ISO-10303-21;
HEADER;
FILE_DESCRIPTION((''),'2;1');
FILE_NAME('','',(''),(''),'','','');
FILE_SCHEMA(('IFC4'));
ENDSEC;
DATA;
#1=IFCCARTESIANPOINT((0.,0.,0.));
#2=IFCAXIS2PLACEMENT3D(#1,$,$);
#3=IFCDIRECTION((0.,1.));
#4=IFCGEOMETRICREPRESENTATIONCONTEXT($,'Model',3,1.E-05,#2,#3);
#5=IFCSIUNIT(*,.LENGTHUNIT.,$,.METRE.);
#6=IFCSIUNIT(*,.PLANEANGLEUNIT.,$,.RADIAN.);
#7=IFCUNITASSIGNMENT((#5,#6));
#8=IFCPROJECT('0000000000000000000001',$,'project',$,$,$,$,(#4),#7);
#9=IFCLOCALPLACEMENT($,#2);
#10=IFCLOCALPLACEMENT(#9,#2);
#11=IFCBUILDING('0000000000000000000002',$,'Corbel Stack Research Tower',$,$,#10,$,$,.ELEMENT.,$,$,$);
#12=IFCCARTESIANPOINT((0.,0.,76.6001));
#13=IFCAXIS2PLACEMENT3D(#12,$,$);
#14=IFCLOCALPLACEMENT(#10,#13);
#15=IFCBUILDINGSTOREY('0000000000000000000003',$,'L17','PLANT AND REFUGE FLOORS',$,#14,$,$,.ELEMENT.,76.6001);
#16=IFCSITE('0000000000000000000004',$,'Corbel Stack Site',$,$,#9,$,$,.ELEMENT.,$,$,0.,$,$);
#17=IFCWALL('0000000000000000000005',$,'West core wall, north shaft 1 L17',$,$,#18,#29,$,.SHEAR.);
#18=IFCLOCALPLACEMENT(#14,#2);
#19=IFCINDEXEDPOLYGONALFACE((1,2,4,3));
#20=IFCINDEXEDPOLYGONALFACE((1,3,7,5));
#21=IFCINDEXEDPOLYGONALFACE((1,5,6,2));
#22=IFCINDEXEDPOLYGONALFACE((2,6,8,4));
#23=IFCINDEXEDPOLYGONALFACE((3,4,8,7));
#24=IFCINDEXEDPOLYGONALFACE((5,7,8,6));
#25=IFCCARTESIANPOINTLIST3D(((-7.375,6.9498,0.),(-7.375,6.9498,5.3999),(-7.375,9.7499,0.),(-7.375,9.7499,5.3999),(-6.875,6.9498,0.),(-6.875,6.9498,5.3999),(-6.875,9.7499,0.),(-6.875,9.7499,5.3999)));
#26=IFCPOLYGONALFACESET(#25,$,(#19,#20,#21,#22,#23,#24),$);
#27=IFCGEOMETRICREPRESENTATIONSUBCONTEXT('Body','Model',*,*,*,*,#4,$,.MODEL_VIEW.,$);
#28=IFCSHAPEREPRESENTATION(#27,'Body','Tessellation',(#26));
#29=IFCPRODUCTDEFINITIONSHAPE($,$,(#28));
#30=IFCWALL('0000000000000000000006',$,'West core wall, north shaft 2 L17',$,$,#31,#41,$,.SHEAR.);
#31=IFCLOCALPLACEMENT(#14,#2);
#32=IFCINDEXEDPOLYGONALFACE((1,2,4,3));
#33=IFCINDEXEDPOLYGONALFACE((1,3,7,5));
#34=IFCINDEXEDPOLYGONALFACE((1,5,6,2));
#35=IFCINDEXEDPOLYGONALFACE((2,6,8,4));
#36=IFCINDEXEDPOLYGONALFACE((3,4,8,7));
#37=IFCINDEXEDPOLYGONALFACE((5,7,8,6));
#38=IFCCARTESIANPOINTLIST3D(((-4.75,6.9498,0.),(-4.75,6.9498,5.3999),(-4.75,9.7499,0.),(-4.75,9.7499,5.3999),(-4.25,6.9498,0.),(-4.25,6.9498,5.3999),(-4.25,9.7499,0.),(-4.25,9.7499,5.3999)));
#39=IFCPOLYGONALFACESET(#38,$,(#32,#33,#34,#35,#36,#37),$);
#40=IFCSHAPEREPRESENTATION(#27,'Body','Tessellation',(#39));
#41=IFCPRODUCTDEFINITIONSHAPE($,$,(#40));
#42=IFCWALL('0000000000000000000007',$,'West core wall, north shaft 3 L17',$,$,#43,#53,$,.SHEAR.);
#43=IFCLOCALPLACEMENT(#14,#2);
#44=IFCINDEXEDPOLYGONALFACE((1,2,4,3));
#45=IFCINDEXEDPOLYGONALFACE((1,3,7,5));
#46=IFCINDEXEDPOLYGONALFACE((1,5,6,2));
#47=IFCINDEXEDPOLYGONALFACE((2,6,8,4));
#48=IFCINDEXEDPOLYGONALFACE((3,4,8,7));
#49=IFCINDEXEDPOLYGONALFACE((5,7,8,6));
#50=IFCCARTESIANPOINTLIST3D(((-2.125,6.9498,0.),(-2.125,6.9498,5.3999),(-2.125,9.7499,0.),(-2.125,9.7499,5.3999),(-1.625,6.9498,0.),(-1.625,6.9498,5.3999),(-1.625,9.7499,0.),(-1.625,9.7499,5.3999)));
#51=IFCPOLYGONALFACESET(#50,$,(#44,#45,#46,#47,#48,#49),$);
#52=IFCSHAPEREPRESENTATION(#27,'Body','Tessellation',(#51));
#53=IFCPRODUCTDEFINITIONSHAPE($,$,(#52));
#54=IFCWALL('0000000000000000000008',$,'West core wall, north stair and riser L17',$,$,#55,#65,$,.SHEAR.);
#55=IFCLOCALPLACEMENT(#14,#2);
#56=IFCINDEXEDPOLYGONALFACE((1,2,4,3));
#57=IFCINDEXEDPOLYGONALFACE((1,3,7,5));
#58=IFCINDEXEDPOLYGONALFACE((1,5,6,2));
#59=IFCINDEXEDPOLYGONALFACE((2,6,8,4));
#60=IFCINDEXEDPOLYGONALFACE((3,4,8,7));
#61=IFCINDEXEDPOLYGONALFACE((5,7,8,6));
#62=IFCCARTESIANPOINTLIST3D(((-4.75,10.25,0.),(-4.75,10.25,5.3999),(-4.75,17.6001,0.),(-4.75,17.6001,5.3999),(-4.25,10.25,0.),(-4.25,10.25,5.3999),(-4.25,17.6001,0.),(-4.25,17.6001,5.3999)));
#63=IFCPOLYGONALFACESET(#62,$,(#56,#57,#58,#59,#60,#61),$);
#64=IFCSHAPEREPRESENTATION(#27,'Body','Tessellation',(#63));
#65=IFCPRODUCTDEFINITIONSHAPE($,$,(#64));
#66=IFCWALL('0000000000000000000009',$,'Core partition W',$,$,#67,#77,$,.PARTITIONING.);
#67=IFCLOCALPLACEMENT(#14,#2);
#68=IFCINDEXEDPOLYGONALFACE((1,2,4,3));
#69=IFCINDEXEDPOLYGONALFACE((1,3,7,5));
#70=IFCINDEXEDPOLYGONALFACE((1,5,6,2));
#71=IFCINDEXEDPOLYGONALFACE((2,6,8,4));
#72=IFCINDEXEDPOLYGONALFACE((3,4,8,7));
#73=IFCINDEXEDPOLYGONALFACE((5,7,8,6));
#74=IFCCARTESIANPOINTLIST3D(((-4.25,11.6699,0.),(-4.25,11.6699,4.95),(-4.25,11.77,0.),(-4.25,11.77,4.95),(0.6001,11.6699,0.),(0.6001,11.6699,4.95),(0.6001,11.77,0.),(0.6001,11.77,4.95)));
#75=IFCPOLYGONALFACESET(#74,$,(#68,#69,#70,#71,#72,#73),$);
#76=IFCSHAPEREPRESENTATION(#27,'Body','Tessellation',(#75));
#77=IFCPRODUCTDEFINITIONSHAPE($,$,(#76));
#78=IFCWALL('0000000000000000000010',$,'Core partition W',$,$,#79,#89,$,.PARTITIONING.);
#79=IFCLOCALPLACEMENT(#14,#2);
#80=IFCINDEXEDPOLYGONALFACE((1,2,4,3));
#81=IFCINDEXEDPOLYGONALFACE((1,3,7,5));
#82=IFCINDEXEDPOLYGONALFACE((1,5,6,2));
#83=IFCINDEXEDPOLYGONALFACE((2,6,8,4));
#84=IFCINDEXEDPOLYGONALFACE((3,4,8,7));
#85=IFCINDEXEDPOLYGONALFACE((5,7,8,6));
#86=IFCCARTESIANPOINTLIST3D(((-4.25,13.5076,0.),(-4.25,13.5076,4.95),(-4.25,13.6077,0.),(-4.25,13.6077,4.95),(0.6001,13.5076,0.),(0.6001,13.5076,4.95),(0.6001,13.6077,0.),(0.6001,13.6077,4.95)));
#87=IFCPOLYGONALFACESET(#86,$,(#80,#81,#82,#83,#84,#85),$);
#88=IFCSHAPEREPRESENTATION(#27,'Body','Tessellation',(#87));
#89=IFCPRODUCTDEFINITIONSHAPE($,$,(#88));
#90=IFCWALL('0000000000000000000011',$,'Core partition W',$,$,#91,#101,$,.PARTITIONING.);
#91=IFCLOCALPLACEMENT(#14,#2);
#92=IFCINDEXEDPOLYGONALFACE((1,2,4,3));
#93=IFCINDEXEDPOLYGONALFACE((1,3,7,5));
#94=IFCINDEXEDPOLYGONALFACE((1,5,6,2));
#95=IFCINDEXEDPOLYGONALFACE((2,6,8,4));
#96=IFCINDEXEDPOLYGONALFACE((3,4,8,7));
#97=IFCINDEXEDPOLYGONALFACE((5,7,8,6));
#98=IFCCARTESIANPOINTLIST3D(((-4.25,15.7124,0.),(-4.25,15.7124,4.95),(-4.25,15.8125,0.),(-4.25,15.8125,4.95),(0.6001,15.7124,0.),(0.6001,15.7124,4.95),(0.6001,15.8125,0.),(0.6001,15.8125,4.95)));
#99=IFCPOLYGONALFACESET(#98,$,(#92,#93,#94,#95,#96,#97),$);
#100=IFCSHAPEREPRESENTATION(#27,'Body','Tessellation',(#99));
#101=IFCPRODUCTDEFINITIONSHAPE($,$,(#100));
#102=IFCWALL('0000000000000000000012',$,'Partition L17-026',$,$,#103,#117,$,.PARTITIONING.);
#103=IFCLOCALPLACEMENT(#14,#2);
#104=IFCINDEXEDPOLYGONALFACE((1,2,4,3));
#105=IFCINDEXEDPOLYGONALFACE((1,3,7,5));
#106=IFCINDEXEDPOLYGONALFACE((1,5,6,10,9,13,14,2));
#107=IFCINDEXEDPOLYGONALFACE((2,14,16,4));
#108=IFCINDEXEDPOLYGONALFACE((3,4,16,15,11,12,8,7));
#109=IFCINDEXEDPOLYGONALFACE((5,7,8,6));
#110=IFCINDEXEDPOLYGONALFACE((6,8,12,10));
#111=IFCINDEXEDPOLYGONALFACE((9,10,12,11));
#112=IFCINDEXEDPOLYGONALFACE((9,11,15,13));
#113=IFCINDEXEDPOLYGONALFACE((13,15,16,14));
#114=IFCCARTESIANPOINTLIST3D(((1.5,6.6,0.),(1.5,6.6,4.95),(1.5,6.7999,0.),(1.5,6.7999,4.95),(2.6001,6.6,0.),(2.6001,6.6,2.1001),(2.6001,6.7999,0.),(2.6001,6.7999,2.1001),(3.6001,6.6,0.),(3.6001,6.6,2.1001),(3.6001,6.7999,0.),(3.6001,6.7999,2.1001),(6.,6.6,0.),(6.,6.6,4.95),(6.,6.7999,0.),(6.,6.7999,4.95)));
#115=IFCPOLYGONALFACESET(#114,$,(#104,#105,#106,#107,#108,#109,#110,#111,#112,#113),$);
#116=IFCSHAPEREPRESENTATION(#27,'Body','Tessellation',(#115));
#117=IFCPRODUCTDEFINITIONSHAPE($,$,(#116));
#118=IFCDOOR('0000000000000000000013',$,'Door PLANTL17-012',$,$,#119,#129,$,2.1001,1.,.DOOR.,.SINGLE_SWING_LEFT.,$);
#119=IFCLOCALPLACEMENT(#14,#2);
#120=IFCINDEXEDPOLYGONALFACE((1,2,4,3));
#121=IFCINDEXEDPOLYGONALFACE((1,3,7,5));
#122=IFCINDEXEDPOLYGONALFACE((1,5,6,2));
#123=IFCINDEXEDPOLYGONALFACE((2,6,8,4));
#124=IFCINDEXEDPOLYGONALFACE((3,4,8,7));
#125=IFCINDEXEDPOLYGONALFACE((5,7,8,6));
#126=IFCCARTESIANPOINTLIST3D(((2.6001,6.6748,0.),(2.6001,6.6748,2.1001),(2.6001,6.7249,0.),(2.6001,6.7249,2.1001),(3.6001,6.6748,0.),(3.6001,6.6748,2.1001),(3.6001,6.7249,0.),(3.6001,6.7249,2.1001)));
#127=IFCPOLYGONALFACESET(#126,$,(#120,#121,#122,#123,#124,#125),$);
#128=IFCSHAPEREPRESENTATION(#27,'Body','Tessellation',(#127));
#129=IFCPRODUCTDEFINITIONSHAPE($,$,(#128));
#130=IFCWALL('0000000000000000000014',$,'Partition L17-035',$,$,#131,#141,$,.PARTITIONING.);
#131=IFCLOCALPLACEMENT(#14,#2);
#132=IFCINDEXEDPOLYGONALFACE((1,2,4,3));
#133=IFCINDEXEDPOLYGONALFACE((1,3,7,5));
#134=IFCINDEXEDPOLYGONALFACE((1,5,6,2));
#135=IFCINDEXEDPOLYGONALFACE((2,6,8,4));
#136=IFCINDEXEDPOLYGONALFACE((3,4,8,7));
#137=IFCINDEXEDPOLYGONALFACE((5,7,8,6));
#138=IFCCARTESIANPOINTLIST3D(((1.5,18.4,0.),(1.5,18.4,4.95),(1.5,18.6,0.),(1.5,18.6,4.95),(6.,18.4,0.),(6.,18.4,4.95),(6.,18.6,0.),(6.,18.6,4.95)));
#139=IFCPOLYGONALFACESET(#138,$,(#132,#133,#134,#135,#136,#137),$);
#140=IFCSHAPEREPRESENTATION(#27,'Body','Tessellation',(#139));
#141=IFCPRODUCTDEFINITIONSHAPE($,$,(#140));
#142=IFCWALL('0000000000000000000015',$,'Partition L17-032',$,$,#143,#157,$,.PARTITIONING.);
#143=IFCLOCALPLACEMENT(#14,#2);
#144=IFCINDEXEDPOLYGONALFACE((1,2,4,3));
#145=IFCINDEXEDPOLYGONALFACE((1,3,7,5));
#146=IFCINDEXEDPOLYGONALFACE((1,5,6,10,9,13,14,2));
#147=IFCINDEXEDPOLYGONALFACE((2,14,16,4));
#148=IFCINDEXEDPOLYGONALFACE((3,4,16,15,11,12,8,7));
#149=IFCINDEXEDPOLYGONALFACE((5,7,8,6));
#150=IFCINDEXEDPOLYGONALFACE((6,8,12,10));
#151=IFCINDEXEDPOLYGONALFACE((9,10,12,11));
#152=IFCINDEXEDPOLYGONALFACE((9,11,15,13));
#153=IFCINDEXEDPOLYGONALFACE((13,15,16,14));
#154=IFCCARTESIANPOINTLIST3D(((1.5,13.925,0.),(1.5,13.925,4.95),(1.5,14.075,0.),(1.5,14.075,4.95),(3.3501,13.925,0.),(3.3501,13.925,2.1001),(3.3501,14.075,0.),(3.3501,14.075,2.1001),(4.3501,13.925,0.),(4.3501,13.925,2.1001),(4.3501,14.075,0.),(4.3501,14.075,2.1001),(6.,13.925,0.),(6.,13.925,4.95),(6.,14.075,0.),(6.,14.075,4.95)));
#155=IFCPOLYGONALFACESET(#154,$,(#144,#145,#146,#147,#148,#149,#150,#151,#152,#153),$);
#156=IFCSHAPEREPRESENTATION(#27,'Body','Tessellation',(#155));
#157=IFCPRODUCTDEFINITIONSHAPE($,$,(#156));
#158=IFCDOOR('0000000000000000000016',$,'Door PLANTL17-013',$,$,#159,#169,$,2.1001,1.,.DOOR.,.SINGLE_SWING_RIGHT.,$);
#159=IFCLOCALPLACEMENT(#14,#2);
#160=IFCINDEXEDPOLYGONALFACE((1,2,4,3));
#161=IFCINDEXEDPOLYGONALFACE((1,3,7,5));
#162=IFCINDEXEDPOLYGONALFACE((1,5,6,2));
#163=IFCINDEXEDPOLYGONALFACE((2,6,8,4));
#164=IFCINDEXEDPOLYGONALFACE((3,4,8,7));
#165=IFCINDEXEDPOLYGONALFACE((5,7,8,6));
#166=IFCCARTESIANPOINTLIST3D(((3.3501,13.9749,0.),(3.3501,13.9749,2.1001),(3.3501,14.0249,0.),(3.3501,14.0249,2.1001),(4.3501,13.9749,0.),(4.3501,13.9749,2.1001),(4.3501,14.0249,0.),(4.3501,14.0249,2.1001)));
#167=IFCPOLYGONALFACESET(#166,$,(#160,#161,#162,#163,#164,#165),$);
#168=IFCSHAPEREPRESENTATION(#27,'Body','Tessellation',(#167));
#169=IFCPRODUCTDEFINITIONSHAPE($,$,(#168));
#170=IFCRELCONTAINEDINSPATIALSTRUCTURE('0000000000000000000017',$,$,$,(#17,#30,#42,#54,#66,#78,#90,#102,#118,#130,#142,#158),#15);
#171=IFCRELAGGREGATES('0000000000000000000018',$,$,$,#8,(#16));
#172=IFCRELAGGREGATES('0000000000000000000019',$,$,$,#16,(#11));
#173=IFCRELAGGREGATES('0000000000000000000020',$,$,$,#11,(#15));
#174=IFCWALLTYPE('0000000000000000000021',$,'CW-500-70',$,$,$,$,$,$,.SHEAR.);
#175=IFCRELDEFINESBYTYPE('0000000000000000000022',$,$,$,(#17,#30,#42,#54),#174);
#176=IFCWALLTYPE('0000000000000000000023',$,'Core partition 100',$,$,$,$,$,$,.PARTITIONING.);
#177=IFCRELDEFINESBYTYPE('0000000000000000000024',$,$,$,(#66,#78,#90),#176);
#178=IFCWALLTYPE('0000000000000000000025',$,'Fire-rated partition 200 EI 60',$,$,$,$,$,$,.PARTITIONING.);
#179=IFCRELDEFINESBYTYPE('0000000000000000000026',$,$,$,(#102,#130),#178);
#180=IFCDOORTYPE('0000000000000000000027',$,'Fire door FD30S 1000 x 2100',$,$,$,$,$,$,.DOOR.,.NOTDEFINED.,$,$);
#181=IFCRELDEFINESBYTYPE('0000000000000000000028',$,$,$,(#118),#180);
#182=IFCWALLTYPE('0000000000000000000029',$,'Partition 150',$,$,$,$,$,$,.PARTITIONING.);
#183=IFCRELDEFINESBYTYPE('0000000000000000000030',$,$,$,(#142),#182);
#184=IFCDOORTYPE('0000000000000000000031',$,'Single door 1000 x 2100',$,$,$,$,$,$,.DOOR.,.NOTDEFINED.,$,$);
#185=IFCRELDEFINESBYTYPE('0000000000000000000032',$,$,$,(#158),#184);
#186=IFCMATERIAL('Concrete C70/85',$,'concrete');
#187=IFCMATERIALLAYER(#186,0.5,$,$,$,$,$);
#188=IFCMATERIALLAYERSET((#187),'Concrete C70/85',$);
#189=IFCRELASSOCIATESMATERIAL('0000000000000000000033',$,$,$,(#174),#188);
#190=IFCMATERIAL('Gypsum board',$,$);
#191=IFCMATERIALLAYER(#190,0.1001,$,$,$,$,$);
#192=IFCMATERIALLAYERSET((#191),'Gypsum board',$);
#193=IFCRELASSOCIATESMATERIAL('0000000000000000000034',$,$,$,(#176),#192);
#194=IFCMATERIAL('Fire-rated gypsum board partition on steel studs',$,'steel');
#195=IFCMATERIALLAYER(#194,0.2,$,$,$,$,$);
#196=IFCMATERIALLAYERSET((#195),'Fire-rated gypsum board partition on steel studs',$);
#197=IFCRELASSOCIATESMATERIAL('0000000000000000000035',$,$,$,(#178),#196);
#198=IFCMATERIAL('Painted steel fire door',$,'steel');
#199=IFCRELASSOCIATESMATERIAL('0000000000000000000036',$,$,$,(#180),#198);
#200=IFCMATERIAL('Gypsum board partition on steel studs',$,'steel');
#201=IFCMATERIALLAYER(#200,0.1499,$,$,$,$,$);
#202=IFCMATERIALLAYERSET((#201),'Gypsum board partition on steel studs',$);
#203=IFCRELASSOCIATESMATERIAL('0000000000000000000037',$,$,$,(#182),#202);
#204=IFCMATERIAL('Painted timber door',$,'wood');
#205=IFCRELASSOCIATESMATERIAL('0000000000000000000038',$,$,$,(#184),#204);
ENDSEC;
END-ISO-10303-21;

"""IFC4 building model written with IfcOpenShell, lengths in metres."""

from ifc_helpers import new_model, si_unit, direction, frame, frame_2d, origin, place, context, subcontext, project, spatial, rectangle, extrude, material, layer, layer_set, type_object, element, fill, save


model = new_model("IFC4")

# Units and contexts
model_context = context("Model", 3, precision=1e-05, world=origin(), true_north=direction((0.0, 1.0)))
body_context = subcontext(model_context, "Body", "Model", "MODEL_VIEW")
ifc_project = project(units=[si_unit("LENGTHUNIT", "METRE"), si_unit("PLANEANGLEUNIT", "RADIAN")], contexts=[model_context])

# Site, building, storey
site_placement = place(None, origin())
site = spatial("IfcSite", under=ifc_project, at=site_placement, Name="Corbel Stack Site", CompositionType="ELEMENT", RefElevation=0.0)
building_placement = place(site_placement, origin())
building = spatial("IfcBuilding", under=site, at=building_placement, Name="Corbel Stack Research Tower", CompositionType="ELEMENT")
storey_placement = place(building_placement, frame((0.0, 0.0, 76.6001)))
storey = spatial("IfcBuildingStorey", under=building, at=storey_placement, Name="L17", Description="PLANT AND REFUGE FLOORS", CompositionType="ELEMENT", Elevation=76.6001)

# Walls
ifc_material_1 = material(Name="Concrete C70/85", Category="concrete")
ifc_layer_1 = layer(ifc_material_1, 0.5)
ifc_layer_set_1 = layer_set([ifc_layer_1], Name="Concrete C70/85")
wall_type_1 = type_object("IfcWallType", Name="CW-500-70", PredefinedType="SHEAR", material=ifc_layer_set_1)
for number, where, z_axis, x_axis, name in (
    (1, (-7.125, 6.95, 0.0), (0.0, 0.0, 1.0), (0.0, 1.0, 0.0), "West core wall, north shaft 1 L17"),
    (2, (-4.5, 6.95, 0.0), (0.0, 0.0, 1.0), (0.0, 1.0, 0.0), "West core wall, north shaft 2 L17"),
    (3, (-1.875, 6.95, 0.0), (0.0, 0.0, 1.0), (0.0, 1.0, 0.0), "West core wall, north shaft 3 L17"),
):
    element("IfcWall", number, at=place(storey_placement, frame(where, z_axis=z_axis, x_axis=x_axis)), inside=storey, type_object=wall_type_1, Name=name, PredefinedType="SHEAR", context=body_context, shape_type="SweptSolid", body=[
        extrude(rectangle(XDim=2.8, YDim=0.5, at=frame_2d((1.3999, 0.0))), origin(), (0.0, 0.0, 1.0), 5.3999),
    ])
wall_1_placement = place(storey_placement, frame((-4.5, 10.25, 0.0), z_axis=(0.0, 0.0, 1.0), x_axis=(0.0, 1.0, 0.0)))
element("IfcWall", 4, at=wall_1_placement, inside=storey, type_object=wall_type_1, Name="West core wall, north stair and riser L17", PredefinedType="SHEAR", context=body_context, shape_type="SweptSolid", body=[
    extrude(rectangle(XDim=7.3501, YDim=0.5, at=frame_2d((3.675, 0.0))), origin(), (0.0, 0.0, 1.0), 5.3999),
])
ifc_material_2 = material(Name="Gypsum board")
ifc_layer_2 = layer(ifc_material_2, 0.1001)
ifc_layer_set_2 = layer_set([ifc_layer_2], Name="Gypsum board")
wall_type_2 = type_object("IfcWallType", Name="Core partition 100", PredefinedType="PARTITIONING", material=ifc_layer_set_2)
for number, where, z_axis, x_axis, name in (
    (5, (-4.25, 11.72, 0.0), (0.0, 0.0, 1.0), (1.0, 0.0, 0.0), "Core partition W"),
    (6, (-4.25, 13.5576, 0.0), (0.0, 0.0, 1.0), (1.0, 0.0, 0.0), "Core partition W"),
    (7, (-4.25, 15.7625, 0.0), (0.0, 0.0, 1.0), (1.0, 0.0, 0.0), "Core partition W"),
):
    element("IfcWall", number, at=place(storey_placement, frame(where, z_axis=z_axis, x_axis=x_axis)), inside=storey, type_object=wall_type_2, Name=name, PredefinedType="PARTITIONING", context=body_context, shape_type="SweptSolid", body=[
        extrude(rectangle(XDim=4.8501, YDim=0.1001, at=frame_2d((2.425, 0.0))), origin(), (0.0, 0.0, 1.0), 4.95),
    ])

# Wall, opening, door
ifc_material_3 = material(Name="Fire-rated gypsum board partition on steel studs", Category="steel")
ifc_layer_3 = layer(ifc_material_3, 0.2)
ifc_layer_set_3 = layer_set([ifc_layer_3], Name="Fire-rated gypsum board partition on steel studs")
wall_type_3 = type_object("IfcWallType", Name="Fire-rated partition 200 EI 60", PredefinedType="PARTITIONING", material=ifc_layer_set_3)
wall_2_placement = place(storey_placement, frame((1.5, 6.7, 0.0), z_axis=(0.0, 0.0, 1.0), x_axis=(1.0, 0.0, 0.0)))
wall_2 = element("IfcWall", 8, at=wall_2_placement, inside=storey, type_object=wall_type_3, Name="Partition L17-026", PredefinedType="PARTITIONING", context=body_context, shape_type="SweptSolid", body=[
    extrude(rectangle(XDim=4.5, YDim=0.2, at=frame_2d((2.25, 0.0))), origin(), (0.0, 0.0, 1.0), 4.95),
])
opening_1_placement = place(wall_2_placement, frame((1.1001, 0.0, 0.0)))
opening_1 = element("IfcOpeningElement", 9, at=opening_1_placement, cuts=wall_2, PredefinedType="OPENING", context=body_context, shape_type="SweptSolid", body=[
    extrude(rectangle(XDim=1.0, YDim=2.1001, at=frame_2d((0.5, 1.05))), frame((0.0, 0.1099, 0.0), z_axis=(0.0, -1.0, 0.0), x_axis=(1.0, 0.0, 0.0)), (0.0, 0.0, 1.0), 0.22),
])
ifc_material_4 = material(Name="Painted steel fire door", Category="steel")
door_type_1 = type_object("IfcDoorType", Name="Fire door FD30S 1000 x 2100", OperationType="NOTDEFINED", PredefinedType="DOOR", material=ifc_material_4)
door_1_placement = place(opening_1_placement, origin())
door_1 = element("IfcDoor", 10, at=door_1_placement, inside=storey, type_object=door_type_1, Name="Door PLANTL17-012", OperationType="SINGLE_SWING_LEFT", OverallHeight=2.1001, OverallWidth=1.0, PredefinedType="DOOR", context=body_context, shape_type="SweptSolid", body=[
    extrude(rectangle(XDim=1.0, YDim=2.1001, at=frame_2d((0.5, 1.05))), frame((0.0, 0.0249, 0.0), z_axis=(0.0, -1.0, 0.0), x_axis=(1.0, 0.0, 0.0)), (0.0, 0.0, 1.0), 0.05),
])
fill(opening_1, door_1)

# Wall
wall_3_placement = place(storey_placement, frame((1.5, 18.5, 0.0), z_axis=(0.0, 0.0, 1.0), x_axis=(1.0, 0.0, 0.0)))
element("IfcWall", 11, at=wall_3_placement, inside=storey, type_object=wall_type_3, Name="Partition L17-035", PredefinedType="PARTITIONING", context=body_context, shape_type="SweptSolid", body=[
    extrude(rectangle(XDim=4.5, YDim=0.2, at=frame_2d((2.25, 0.0))), origin(), (0.0, 0.0, 1.0), 4.95),
])

# Wall, opening, door
ifc_material_5 = material(Name="Gypsum board partition on steel studs", Category="steel")
ifc_layer_4 = layer(ifc_material_5, 0.1499)
ifc_layer_set_4 = layer_set([ifc_layer_4], Name="Gypsum board partition on steel studs")
wall_type_4 = type_object("IfcWallType", Name="Partition 150", PredefinedType="PARTITIONING", material=ifc_layer_set_4)
wall_4_placement = place(storey_placement, frame((1.5, 14.0, 0.0), z_axis=(0.0, 0.0, 1.0), x_axis=(1.0, 0.0, 0.0)))
wall_4 = element("IfcWall", 12, at=wall_4_placement, inside=storey, type_object=wall_type_4, Name="Partition L17-032", PredefinedType="PARTITIONING", context=body_context, shape_type="SweptSolid", body=[
    extrude(rectangle(XDim=4.5, YDim=0.1499, at=frame_2d((2.25, 0.0))), origin(), (0.0, 0.0, 1.0), 4.95),
])
opening_2_placement = place(wall_4_placement, frame((1.8501, 0.0, 0.0)))
opening_2 = element("IfcOpeningElement", 13, at=opening_2_placement, cuts=wall_4, PredefinedType="OPENING", context=body_context, shape_type="SweptSolid", body=[
    extrude(rectangle(XDim=1.0, YDim=2.1001, at=frame_2d((0.5, 1.05))), frame((0.0, 0.085, 0.0), z_axis=(0.0, -1.0, 0.0), x_axis=(1.0, 0.0, 0.0)), (0.0, 0.0, 1.0), 0.1699),
])
ifc_material_6 = material(Name="Painted timber door", Category="wood")
door_type_2 = type_object("IfcDoorType", Name="Single door 1000 x 2100", OperationType="NOTDEFINED", PredefinedType="DOOR", material=ifc_material_6)
door_2_placement = place(opening_2_placement, origin())
door_2 = element("IfcDoor", 14, at=door_2_placement, inside=storey, type_object=door_type_2, Name="Door PLANTL17-013", OperationType="SINGLE_SWING_RIGHT", OverallHeight=2.1001, OverallWidth=1.0, PredefinedType="DOOR", context=body_context, shape_type="SweptSolid", body=[
    extrude(rectangle(XDim=1.0, YDim=2.1001, at=frame_2d((0.5, 1.05))), frame((0.0, 0.0249, 0.0), z_axis=(0.0, -1.0, 0.0), x_axis=(1.0, 0.0, 0.0)), (0.0, 0.0, 1.0), 0.05),
])
fill(opening_2, door_2)

save(model, "model.ifc")
